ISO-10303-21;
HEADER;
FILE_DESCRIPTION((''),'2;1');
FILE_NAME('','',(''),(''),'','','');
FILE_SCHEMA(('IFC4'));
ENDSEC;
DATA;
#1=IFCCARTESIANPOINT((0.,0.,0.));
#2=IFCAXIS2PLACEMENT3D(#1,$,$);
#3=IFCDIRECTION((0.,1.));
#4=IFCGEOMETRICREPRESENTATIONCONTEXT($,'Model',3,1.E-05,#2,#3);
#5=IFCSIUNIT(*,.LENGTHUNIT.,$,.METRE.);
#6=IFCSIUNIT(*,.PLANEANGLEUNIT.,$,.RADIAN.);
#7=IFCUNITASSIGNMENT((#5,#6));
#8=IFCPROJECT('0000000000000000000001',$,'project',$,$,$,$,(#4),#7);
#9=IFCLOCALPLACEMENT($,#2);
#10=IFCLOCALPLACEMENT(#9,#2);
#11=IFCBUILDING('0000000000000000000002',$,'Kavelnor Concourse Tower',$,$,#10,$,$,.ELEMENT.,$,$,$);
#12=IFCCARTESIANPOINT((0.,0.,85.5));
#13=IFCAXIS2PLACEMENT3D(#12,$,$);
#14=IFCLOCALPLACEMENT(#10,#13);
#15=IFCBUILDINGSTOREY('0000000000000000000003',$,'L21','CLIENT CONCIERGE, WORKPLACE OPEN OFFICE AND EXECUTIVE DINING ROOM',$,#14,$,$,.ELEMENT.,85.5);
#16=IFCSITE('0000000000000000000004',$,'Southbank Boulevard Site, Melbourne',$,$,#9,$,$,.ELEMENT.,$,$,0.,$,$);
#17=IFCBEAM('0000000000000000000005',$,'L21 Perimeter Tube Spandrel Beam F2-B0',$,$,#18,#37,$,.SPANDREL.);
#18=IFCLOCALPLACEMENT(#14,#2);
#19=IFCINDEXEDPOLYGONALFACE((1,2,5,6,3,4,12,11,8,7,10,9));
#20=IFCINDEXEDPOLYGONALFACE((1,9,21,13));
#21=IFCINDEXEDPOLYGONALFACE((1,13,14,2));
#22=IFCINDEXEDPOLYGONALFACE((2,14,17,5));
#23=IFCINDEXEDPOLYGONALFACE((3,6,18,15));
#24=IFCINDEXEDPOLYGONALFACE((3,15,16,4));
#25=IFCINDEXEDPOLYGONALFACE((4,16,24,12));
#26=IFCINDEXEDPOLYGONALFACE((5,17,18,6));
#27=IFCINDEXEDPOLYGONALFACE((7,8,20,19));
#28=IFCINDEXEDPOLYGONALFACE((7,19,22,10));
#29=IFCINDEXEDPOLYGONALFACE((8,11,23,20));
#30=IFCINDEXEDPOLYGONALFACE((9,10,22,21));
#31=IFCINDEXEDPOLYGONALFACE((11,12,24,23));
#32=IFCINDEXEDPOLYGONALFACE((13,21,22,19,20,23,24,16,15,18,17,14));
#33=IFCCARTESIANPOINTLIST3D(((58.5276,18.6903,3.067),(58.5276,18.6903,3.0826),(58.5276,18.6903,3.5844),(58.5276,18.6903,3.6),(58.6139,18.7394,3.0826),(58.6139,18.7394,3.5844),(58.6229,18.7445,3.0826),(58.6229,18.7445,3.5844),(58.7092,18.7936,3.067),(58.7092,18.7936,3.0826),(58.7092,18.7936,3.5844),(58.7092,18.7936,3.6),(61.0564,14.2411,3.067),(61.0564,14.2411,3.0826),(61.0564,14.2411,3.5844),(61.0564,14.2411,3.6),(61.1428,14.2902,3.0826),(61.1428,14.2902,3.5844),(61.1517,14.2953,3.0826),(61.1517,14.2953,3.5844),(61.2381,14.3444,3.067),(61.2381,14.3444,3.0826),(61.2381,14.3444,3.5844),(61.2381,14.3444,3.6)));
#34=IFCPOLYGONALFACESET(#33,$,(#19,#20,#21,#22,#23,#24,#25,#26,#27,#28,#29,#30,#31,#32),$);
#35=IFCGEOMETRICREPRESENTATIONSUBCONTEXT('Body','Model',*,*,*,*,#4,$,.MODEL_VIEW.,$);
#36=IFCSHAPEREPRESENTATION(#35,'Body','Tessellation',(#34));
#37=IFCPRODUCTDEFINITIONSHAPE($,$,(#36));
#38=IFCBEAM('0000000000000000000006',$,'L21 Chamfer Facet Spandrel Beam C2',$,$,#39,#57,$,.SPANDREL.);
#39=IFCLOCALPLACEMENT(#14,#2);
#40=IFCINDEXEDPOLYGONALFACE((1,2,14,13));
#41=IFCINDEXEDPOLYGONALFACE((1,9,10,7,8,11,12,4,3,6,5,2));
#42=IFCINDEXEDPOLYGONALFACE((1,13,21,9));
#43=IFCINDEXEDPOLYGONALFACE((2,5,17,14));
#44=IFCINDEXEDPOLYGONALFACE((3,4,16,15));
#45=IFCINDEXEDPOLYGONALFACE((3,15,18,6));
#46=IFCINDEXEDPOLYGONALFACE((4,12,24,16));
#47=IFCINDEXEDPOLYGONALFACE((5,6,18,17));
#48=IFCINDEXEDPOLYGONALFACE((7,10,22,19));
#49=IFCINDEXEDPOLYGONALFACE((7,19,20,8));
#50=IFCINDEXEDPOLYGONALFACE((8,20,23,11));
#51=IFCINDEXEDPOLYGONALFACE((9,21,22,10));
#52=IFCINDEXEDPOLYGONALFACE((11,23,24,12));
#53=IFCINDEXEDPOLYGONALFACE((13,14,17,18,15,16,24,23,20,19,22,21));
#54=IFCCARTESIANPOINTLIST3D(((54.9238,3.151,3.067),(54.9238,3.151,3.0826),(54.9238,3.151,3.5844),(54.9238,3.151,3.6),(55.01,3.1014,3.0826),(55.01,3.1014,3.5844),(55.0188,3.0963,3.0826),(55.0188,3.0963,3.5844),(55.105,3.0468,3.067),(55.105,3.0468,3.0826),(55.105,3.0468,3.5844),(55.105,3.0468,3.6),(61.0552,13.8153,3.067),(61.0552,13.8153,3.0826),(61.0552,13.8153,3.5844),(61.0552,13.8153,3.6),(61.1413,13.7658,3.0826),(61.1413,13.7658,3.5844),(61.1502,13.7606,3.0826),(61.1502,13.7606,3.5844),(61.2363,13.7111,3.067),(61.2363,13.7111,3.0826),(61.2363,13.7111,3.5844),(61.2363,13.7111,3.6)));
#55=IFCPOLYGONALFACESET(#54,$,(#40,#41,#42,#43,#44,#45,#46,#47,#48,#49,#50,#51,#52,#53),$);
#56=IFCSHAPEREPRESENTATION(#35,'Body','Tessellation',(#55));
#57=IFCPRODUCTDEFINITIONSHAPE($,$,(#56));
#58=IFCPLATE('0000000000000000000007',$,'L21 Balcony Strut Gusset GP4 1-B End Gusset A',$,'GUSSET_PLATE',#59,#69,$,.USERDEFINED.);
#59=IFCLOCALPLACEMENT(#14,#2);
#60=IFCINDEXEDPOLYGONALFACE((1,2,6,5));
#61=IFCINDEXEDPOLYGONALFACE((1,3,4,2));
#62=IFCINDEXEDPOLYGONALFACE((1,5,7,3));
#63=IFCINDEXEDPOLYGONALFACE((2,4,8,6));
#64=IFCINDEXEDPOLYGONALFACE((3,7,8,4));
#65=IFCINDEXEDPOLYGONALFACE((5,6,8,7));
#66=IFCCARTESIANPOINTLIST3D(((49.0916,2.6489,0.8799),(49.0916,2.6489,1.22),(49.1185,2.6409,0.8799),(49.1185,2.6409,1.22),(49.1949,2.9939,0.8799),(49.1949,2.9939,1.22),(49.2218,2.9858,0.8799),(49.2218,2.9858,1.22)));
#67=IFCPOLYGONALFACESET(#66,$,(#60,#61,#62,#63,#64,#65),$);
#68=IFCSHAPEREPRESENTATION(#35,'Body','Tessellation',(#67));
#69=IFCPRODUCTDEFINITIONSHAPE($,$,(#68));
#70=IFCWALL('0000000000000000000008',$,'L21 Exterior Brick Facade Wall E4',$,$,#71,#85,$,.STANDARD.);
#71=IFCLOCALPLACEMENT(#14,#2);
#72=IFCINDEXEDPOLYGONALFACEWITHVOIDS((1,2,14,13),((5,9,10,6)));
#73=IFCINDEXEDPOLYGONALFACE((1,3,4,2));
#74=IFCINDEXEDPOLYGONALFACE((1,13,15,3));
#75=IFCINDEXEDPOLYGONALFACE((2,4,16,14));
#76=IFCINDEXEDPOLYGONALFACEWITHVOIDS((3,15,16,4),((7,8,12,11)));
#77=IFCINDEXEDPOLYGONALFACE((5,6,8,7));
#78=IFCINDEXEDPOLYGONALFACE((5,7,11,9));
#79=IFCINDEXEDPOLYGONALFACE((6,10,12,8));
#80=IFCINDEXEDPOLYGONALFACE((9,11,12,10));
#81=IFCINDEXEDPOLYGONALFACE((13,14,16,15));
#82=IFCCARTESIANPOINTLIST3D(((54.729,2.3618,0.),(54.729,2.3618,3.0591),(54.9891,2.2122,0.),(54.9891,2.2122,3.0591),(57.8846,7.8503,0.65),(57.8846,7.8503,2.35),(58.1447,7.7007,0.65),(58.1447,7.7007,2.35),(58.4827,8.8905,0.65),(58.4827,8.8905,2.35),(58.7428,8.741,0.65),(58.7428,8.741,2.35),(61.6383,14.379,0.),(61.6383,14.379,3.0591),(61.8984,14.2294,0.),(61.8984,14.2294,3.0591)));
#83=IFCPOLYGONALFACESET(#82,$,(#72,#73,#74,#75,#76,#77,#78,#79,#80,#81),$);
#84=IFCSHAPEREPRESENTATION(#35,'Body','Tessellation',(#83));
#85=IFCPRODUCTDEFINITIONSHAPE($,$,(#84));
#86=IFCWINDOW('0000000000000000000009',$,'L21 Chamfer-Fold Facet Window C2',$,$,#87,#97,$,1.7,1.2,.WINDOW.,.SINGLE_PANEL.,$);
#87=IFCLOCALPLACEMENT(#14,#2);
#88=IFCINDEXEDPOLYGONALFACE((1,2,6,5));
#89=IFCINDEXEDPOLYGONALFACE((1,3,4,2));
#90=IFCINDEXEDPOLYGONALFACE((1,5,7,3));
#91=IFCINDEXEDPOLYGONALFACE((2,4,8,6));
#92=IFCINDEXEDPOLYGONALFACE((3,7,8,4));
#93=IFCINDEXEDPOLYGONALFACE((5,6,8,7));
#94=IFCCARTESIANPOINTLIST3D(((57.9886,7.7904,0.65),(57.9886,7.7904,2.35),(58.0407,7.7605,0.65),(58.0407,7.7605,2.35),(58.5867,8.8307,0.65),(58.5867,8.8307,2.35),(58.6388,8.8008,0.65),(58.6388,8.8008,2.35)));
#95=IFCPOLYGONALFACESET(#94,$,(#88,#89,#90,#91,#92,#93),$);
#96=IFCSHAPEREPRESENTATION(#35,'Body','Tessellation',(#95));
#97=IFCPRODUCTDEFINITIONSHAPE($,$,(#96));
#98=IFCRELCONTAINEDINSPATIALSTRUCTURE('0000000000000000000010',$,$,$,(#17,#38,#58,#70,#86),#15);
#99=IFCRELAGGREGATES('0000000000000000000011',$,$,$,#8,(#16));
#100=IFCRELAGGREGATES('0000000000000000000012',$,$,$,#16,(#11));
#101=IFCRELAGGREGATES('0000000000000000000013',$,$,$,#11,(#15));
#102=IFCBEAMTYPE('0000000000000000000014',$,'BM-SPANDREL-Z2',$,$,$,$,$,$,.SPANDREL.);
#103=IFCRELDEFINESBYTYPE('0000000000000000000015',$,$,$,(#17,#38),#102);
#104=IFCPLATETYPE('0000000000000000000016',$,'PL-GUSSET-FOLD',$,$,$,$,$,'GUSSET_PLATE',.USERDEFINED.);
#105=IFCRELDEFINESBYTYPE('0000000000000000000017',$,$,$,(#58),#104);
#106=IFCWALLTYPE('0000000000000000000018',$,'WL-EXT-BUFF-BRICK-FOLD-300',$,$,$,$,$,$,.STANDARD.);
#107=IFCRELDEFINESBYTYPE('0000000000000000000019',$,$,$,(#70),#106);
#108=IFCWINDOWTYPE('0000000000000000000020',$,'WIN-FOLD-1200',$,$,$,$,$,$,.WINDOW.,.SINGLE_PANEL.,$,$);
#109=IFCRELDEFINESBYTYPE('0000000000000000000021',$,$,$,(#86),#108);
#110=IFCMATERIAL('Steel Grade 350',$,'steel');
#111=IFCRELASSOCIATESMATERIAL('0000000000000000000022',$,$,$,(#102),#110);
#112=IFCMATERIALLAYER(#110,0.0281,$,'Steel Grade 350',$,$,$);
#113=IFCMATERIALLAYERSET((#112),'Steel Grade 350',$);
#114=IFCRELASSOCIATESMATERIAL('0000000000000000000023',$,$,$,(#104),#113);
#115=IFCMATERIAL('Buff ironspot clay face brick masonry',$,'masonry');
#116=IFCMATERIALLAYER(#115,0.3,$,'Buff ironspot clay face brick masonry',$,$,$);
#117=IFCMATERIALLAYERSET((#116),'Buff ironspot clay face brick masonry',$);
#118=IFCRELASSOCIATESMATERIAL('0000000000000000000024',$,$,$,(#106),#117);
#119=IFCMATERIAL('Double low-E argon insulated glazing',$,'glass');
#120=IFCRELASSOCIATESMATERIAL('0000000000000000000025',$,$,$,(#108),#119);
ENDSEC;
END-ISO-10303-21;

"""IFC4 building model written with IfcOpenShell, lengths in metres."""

from ifc_helpers import new_model, si_unit, direction, frame, frame_2d, origin, origin_2d, place, context, subcontext, project, spatial, rectangle, i_section, extrude, material, layer, layer_set, material_profile, profile_set, type_object, element, fill, save


model = new_model("IFC4")

# Units and contexts
model_context = context("Model", 3, precision=1e-05, world=origin(), true_north=direction((0.0, 1.0)))
body_context = subcontext(model_context, "Body", "Model", "MODEL_VIEW")
ifc_project = project(units=[si_unit("LENGTHUNIT", "METRE"), si_unit("PLANEANGLEUNIT", "RADIAN")], contexts=[model_context])

# Site, building, storey
site_placement = place(None, origin())
site = spatial("IfcSite", under=ifc_project, at=site_placement, Name="Southbank Boulevard Site, Melbourne", CompositionType="ELEMENT", RefElevation=0.0)
building_placement = place(site_placement, origin())
building = spatial("IfcBuilding", under=site, at=building_placement, Name="Kavelnor Concourse Tower", CompositionType="ELEMENT")
storey_placement = place(building_placement, frame((0.0, 0.0, 85.5)))
storey = spatial("IfcBuildingStorey", under=building, at=storey_placement, Name="L21", Description="CLIENT CONCIERGE, WORKPLACE OPEN OFFICE AND EXECUTIVE DINING ROOM", CompositionType="ELEMENT", Elevation=85.5)

# Shared definitions
ifc_material_1 = material(Name="Steel Grade 350", Category="steel")

# Beams
ifc_material_profile_1 = material_profile(ifc_material_1, i_section(OverallWidth=0.209, OverallDepth=0.533, WebThickness=0.0103, FlangeThickness=0.0156, at=origin_2d()), Name="530UB92")
ifc_profile_set_1 = profile_set([ifc_material_profile_1], Name="Steel Grade 350")
beam_type_1 = type_object("IfcBeamType", Name="BM-SPANDREL-Z2", PredefinedType="SPANDREL", material=ifc_profile_set_1)
beam_1_placement = place(storey_placement, frame((61.1472, 14.2927, 3.3335), z_axis=(-0.494134, 0.869386, 0.0), x_axis=(-0.869386, -0.494134, 0.0)))
element("IfcBeam", 1, at=beam_1_placement, inside=storey, type_object=beam_type_1, Name="L21 Perimeter Tube Spandrel Beam F2-B0", PredefinedType="SPANDREL", context=body_context, shape_type="SweptSolid", body=[
    extrude(i_section(OverallWidth=0.209, OverallDepth=0.533, WebThickness=0.0103, FlangeThickness=0.0156, at=origin_2d()), origin(), (0.0, 0.0, 1.0), 5.1177),
])
beam_2_placement = place(storey_placement, frame((55.0144, 3.0989, 3.3335), z_axis=(0.498433, 0.866928, 0.0), x_axis=(-0.866928, 0.498433, 0.0)))
element("IfcBeam", 2, at=beam_2_placement, inside=storey, type_object=beam_type_1, Name="L21 Chamfer Facet Spandrel Beam C2", PredefinedType="SPANDREL", context=body_context, shape_type="SweptSolid", body=[
    extrude(i_section(OverallWidth=0.209, OverallDepth=0.533, WebThickness=0.0103, FlangeThickness=0.0156, at=origin_2d()), origin(), (0.0, 0.0, 1.0), 12.3013),
])

# Plate
ifc_layer_1 = layer(ifc_material_1, 0.0281, Name="Steel Grade 350")
ifc_layer_set_1 = layer_set([ifc_layer_1], Name="Steel Grade 350")
plate_type = type_object("IfcPlateType", Name="PL-GUSSET-FOLD", ElementType="GUSSET_PLATE", PredefinedType="USERDEFINED", material=ifc_layer_set_1)
plate_placement = place(storey_placement, frame((49.1567, 2.8174, 0.8799), z_axis=(0.0, 0.0, 1.0), x_axis=(-0.286859, -0.957973, 0.0)))
element("IfcPlate", 3, at=plate_placement, inside=storey, type_object=plate_type, Name="L21 Balcony Strut Gusset GP4 1-B End Gusset A", ObjectType="GUSSET_PLATE", PredefinedType="USERDEFINED", context=body_context, shape_type="SweptSolid", body=[
    extrude(rectangle(XDim=0.3601, YDim=0.0281, at=origin_2d()), origin(), (0.0, 0.0, 1.0), 0.3401),
])

# Wall, opening, window
ifc_material_2 = material(Name="Buff ironspot clay face brick masonry", Category="masonry")
ifc_layer_2 = layer(ifc_material_2, 0.3, Name="Buff ironspot clay face brick masonry")
ifc_layer_set_2 = layer_set([ifc_layer_2], Name="Buff ironspot clay face brick masonry")
wall_type_1 = type_object("IfcWallType", Name="WL-EXT-BUFF-BRICK-FOLD-300", PredefinedType="STANDARD", material=ifc_layer_set_2)
wall_1_placement = place(storey_placement, frame((61.7683, 14.3042, 0.0), z_axis=(0.0, 0.0, 1.0), x_axis=(-0.498436, -0.866926, 0.0)))
wall_1 = element("IfcWall", 4, at=wall_1_placement, inside=storey, type_object=wall_type_1, Name="L21 Exterior Brick Facade Wall E4", PredefinedType="STANDARD", context=body_context, shape_type="SweptSolid", body=[
    extrude(rectangle(XDim=13.8618, YDim=0.3, at=frame_2d((6.9309, 0.0))), origin(), (0.0, 0.0, 1.0), 3.0591),
])
opening_1_placement = place(wall_1_placement, frame((6.3308, 0.0, 0.6499)))
opening_1 = element("IfcOpeningElement", 5, at=opening_1_placement, cuts=wall_1, PredefinedType="OPENING", context=body_context, shape_type="SweptSolid", body=[
    extrude(rectangle(XDim=1.2, YDim=1.7, at=frame_2d((0.6001, 0.8501))), frame((0.0, 0.1602, 0.0), z_axis=(0.0, -1.0, 0.0), x_axis=(1.0, 0.0, 0.0)), (0.0, 0.0, 1.0), 0.3201),
])
ifc_material_3 = material(Name="Double low-E argon insulated glazing", Category="glass")
window_type_1 = type_object("IfcWindowType", Name="WIN-FOLD-1200", PartitioningType="SINGLE_PANEL", PredefinedType="WINDOW", material=ifc_material_3)
window_1_placement = place(opening_1_placement, origin())
window_1 = element("IfcWindow", 6, at=window_1_placement, inside=storey, type_object=window_type_1, Name="L21 Chamfer-Fold Facet Window C2", OverallHeight=1.7, OverallWidth=1.2, PartitioningType="SINGLE_PANEL", PredefinedType="WINDOW", context=body_context, shape_type="SweptSolid", body=[
    extrude(rectangle(XDim=1.2, YDim=1.7, at=frame_2d((0.6001, 0.8501))), frame((0.0, 0.03, 0.0), z_axis=(0.0, -1.0, 0.0), x_axis=(1.0, 0.0, 0.0)), (0.0, 0.0, 1.0), 0.0601),
])
fill(opening_1, window_1)

save(model, "model.ifc")
